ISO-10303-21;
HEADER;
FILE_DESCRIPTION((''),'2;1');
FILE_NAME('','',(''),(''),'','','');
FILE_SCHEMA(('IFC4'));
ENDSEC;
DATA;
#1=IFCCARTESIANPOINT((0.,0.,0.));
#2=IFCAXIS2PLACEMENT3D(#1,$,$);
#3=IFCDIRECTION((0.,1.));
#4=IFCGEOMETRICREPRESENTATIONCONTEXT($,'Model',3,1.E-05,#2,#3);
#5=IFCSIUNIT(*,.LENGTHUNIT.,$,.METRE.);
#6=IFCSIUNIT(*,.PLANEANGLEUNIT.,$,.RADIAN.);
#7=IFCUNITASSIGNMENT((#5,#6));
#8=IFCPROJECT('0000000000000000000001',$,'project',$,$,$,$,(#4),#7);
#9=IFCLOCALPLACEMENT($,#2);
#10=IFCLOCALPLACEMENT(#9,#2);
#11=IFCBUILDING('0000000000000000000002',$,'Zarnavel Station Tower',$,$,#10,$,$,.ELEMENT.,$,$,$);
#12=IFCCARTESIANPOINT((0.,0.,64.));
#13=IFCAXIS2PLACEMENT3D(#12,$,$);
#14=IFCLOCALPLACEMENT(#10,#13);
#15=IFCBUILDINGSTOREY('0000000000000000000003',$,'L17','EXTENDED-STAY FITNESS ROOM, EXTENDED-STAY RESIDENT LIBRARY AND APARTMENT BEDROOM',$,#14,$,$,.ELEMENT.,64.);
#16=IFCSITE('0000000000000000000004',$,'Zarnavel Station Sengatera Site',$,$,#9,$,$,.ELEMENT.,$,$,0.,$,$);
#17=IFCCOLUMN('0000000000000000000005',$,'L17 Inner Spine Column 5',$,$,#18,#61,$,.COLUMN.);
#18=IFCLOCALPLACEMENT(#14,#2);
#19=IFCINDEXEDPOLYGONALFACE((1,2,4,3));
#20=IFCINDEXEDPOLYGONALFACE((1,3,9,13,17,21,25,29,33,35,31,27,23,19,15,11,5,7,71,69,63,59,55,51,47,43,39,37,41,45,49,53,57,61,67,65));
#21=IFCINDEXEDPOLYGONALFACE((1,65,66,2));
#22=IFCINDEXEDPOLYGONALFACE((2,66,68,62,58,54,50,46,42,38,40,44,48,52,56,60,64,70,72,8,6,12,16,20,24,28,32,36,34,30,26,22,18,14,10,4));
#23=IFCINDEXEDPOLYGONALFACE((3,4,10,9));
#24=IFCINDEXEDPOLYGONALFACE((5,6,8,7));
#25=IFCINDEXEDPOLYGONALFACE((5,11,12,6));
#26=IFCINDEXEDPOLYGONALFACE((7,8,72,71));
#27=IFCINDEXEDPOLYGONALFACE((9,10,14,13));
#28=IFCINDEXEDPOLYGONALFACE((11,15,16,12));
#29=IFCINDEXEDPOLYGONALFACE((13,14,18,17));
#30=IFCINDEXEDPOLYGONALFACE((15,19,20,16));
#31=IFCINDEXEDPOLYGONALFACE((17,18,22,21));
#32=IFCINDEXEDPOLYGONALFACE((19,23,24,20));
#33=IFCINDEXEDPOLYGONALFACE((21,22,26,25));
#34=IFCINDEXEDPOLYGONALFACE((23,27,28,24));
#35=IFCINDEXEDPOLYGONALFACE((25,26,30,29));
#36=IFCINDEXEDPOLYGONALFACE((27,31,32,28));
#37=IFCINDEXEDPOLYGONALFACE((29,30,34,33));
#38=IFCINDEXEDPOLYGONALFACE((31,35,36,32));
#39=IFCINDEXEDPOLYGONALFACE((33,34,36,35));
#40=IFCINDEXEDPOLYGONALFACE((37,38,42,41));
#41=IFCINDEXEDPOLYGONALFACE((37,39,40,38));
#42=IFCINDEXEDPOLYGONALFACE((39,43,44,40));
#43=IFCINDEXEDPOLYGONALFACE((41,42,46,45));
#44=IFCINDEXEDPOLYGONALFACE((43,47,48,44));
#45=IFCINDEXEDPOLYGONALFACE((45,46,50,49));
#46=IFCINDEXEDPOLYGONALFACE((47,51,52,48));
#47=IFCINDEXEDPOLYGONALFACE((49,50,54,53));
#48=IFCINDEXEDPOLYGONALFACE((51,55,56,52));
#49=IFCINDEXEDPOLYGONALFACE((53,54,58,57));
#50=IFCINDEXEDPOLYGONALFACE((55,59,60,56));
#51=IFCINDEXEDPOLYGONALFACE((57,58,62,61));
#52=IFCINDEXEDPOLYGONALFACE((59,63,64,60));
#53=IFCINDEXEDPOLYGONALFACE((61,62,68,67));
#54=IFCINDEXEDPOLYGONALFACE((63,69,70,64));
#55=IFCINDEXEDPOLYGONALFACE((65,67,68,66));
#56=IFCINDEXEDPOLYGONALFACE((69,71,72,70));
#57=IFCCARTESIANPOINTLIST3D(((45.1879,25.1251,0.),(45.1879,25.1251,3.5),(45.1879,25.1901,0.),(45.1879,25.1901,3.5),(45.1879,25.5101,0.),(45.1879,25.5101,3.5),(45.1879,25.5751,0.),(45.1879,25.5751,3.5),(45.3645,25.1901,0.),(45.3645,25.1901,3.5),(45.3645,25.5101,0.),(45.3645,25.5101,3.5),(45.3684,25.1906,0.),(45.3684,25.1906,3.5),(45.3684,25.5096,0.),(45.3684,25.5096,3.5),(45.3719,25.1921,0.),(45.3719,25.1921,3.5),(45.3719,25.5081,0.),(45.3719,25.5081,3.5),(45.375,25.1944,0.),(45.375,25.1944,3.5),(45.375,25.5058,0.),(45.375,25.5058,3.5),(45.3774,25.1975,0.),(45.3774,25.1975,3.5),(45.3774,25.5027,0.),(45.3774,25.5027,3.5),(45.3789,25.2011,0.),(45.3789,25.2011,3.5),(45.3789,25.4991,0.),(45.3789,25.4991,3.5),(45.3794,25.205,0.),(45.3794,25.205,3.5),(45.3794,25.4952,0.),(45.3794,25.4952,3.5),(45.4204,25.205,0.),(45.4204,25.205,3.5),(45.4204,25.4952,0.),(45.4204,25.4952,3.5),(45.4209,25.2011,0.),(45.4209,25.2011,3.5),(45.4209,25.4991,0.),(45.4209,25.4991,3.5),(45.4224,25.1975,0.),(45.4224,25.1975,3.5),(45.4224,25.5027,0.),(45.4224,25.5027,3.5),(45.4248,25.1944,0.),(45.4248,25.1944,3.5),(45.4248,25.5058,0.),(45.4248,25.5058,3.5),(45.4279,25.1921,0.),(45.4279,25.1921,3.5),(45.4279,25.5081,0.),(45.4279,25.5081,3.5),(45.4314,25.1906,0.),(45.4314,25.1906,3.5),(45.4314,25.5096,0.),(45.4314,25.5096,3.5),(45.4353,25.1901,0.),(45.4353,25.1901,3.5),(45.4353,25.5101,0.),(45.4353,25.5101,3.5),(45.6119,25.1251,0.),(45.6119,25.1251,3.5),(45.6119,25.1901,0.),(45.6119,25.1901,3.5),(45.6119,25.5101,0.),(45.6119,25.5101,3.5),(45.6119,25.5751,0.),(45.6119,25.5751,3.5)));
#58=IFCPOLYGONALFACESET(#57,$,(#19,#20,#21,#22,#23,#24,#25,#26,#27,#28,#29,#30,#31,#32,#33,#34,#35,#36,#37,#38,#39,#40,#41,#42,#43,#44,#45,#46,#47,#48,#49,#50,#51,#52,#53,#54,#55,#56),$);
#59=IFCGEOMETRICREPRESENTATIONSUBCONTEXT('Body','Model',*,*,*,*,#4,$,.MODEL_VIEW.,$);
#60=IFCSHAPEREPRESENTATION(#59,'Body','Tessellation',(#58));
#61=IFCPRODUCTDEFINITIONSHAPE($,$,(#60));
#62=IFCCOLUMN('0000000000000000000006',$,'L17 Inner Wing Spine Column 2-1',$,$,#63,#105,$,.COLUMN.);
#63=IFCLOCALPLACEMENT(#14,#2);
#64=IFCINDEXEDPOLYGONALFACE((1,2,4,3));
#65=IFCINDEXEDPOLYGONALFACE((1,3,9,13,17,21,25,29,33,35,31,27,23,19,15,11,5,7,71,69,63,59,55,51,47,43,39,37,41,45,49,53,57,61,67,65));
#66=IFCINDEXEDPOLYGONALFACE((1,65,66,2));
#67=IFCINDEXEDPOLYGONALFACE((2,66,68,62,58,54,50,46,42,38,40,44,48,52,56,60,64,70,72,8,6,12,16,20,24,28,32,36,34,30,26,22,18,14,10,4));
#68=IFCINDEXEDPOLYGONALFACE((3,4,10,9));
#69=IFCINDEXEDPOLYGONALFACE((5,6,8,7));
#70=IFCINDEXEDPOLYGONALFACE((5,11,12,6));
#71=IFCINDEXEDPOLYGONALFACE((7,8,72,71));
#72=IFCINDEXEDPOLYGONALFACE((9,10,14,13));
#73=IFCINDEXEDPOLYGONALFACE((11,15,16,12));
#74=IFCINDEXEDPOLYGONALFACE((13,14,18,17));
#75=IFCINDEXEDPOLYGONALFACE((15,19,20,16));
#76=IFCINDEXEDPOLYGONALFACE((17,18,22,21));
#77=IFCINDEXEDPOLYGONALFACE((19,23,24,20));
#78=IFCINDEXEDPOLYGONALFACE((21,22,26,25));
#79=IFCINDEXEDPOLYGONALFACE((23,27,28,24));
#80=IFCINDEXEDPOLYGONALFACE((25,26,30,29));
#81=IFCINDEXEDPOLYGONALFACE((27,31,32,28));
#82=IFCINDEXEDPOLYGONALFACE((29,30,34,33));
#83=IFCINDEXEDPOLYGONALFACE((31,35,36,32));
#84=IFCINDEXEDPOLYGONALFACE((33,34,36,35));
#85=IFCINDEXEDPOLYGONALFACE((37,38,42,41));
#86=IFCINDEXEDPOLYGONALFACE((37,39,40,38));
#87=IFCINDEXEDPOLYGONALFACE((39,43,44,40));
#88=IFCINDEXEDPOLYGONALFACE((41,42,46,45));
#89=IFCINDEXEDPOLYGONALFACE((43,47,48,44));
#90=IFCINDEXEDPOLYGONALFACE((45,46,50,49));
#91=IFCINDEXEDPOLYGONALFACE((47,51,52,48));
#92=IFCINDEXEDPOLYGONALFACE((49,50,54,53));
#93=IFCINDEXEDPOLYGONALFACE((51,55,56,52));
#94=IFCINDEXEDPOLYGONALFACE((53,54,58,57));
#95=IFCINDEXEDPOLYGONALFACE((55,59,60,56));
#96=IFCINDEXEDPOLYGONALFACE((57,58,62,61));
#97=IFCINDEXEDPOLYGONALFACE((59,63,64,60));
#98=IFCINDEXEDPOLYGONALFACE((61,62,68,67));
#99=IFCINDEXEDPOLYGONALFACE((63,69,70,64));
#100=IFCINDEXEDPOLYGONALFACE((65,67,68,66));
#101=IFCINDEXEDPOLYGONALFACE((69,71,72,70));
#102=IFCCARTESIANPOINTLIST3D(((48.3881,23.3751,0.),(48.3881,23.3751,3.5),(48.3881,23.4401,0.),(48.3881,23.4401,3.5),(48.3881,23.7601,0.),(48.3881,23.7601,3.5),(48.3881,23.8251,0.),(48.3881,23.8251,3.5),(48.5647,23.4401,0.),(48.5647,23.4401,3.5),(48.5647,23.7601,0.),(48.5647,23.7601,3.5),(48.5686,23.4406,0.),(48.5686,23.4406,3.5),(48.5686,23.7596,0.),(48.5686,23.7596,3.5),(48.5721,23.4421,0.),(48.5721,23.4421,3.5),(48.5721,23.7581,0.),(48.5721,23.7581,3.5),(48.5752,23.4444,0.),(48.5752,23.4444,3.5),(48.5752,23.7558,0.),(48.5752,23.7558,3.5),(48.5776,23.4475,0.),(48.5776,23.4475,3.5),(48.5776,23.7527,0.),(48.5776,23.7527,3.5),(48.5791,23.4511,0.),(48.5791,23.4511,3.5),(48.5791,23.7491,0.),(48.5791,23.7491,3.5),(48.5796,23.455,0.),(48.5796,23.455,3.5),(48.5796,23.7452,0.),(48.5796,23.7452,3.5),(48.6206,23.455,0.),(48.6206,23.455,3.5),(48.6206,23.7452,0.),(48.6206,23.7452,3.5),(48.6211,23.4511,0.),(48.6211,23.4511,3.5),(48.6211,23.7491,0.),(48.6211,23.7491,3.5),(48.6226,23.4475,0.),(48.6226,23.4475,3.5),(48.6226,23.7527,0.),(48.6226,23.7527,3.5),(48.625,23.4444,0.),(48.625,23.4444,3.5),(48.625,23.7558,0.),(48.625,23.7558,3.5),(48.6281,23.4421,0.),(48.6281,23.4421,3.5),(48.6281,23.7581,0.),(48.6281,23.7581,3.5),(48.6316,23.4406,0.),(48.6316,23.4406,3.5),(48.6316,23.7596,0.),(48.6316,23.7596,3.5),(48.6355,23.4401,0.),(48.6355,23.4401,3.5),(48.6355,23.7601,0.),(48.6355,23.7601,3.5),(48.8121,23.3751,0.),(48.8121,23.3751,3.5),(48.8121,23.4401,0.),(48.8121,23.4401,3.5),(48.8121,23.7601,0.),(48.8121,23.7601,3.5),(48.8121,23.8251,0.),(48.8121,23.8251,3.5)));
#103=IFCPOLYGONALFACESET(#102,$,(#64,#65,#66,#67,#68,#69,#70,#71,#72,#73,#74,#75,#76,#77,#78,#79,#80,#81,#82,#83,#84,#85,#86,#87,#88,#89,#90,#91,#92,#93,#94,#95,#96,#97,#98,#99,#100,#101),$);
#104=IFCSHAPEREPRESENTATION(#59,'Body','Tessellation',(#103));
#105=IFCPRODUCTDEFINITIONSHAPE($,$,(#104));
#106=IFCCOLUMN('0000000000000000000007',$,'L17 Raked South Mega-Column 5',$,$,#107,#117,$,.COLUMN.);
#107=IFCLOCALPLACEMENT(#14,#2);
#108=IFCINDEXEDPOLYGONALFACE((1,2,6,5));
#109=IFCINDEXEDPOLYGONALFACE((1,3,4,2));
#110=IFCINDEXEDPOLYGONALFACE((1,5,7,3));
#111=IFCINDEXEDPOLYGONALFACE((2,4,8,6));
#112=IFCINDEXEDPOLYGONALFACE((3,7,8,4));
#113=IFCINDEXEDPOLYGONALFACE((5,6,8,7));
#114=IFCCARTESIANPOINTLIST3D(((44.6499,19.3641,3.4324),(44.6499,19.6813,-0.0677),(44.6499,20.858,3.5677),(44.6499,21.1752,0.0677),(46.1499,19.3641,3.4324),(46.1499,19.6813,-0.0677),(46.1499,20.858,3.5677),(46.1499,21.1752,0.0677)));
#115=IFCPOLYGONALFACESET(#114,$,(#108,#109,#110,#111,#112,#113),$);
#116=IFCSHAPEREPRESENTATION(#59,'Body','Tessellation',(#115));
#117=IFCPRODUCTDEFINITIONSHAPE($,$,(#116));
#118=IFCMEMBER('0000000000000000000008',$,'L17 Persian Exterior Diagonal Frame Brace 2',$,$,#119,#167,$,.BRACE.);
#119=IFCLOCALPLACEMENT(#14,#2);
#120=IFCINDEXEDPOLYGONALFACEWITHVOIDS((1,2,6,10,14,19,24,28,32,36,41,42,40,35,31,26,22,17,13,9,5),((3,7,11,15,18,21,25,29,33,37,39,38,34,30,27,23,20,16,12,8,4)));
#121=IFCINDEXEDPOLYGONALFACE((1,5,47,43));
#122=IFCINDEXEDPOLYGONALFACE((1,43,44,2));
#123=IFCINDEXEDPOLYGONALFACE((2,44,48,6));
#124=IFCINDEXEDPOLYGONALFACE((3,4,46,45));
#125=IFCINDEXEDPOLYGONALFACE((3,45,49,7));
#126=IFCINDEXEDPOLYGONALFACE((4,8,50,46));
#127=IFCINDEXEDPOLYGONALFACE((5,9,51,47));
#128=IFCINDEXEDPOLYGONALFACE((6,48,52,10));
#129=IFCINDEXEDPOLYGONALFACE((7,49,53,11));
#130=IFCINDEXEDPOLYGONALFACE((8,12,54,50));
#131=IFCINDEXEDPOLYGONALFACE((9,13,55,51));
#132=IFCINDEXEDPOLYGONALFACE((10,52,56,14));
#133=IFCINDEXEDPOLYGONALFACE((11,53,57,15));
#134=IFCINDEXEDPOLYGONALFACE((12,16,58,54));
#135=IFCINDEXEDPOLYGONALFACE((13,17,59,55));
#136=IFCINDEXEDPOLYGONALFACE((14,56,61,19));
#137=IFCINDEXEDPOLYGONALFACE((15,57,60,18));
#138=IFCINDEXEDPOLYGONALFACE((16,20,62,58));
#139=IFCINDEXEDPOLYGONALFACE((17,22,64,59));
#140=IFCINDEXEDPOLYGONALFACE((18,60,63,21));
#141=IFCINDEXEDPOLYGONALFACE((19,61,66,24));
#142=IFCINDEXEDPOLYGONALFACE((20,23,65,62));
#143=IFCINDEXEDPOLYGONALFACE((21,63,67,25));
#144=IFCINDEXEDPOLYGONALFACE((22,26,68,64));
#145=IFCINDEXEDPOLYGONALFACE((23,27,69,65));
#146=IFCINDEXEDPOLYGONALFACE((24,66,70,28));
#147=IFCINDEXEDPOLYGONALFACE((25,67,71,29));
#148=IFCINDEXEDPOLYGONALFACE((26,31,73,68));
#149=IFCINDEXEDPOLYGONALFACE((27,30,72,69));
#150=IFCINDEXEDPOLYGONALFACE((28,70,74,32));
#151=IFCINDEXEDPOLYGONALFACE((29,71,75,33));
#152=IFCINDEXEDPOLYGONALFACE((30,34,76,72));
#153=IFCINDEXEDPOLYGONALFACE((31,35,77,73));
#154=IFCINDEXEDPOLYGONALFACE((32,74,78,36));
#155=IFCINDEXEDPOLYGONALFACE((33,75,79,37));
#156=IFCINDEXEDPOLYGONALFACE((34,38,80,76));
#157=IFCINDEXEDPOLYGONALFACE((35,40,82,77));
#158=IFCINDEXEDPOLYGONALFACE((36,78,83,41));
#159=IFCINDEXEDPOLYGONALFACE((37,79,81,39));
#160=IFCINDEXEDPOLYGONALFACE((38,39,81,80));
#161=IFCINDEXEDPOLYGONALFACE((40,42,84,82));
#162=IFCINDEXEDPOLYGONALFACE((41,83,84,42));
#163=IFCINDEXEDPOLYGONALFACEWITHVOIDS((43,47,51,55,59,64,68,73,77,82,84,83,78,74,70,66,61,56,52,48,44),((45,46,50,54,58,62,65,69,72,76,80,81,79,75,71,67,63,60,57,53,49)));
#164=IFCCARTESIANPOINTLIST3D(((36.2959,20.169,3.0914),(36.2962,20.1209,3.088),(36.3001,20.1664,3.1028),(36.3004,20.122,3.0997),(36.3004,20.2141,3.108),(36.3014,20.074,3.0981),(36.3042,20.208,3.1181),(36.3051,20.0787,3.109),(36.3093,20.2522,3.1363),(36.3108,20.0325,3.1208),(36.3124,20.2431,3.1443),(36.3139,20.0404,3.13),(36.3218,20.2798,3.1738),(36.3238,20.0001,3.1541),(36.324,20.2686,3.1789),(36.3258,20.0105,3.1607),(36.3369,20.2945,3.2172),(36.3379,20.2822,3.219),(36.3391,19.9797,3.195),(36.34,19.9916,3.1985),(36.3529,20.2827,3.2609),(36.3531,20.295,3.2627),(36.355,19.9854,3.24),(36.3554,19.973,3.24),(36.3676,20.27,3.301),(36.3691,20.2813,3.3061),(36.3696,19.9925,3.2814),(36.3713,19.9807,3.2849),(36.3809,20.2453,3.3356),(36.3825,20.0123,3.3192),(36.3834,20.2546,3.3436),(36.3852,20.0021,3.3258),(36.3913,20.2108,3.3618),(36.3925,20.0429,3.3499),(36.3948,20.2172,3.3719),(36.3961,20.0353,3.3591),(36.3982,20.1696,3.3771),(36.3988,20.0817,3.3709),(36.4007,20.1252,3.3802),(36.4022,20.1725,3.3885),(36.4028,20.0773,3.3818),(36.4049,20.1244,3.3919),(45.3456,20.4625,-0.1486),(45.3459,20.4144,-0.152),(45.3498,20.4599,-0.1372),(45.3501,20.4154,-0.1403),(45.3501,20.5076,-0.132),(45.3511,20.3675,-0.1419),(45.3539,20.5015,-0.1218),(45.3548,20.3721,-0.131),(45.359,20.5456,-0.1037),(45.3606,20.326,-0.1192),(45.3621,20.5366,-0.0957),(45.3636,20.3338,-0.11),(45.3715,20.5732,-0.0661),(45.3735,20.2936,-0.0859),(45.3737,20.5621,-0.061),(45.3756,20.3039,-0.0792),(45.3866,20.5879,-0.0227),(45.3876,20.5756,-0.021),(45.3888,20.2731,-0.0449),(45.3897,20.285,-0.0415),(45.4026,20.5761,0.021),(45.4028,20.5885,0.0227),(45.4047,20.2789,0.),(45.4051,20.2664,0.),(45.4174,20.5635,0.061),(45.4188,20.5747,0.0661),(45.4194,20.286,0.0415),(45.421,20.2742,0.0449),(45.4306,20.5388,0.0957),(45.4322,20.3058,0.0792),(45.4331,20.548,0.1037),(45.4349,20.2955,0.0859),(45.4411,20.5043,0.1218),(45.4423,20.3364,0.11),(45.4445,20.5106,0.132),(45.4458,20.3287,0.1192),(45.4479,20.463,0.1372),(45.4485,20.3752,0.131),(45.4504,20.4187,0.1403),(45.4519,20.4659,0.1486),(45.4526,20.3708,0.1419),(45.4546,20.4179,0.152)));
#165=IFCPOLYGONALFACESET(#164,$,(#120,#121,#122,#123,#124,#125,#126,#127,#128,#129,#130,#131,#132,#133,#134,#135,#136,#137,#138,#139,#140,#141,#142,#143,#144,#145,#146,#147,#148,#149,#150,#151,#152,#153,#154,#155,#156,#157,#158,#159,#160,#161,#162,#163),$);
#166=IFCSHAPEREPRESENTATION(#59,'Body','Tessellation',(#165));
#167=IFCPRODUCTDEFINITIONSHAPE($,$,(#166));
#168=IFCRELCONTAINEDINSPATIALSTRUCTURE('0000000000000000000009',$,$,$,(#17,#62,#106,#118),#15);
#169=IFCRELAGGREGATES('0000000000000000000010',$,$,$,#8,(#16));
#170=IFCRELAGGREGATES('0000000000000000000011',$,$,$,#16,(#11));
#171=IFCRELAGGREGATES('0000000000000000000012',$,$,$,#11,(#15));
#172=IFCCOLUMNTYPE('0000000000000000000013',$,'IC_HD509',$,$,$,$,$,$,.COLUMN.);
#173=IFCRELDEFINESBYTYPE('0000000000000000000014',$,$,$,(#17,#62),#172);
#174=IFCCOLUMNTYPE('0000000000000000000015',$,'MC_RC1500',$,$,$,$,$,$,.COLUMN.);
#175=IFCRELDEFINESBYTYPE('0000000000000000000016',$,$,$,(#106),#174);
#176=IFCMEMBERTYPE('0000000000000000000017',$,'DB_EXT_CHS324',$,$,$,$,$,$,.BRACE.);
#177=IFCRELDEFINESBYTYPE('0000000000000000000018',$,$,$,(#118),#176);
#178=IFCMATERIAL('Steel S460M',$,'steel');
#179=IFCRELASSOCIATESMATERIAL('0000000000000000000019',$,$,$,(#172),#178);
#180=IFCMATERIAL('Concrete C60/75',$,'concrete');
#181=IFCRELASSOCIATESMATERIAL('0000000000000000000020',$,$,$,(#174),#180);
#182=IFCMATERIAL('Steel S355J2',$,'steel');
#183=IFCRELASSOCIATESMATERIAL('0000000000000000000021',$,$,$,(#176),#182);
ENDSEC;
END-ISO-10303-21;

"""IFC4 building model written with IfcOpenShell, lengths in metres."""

from ifc_helpers import new_model, si_unit, direction, frame, origin, origin_2d, place, context, subcontext, project, spatial, rectangle, hollow_circle, i_section, extrude, material, material_profile, profile_set, type_object, element, save


model = new_model("IFC4")

# Units and contexts
model_context = context("Model", 3, precision=1e-05, world=origin(), true_north=direction((0.0, 1.0)))
body_context = subcontext(model_context, "Body", "Model", "MODEL_VIEW")
ifc_project = project(units=[si_unit("LENGTHUNIT", "METRE"), si_unit("PLANEANGLEUNIT", "RADIAN")], contexts=[model_context])

# Site, building, storey
site_placement = place(None, origin())
site = spatial("IfcSite", under=ifc_project, at=site_placement, Name="Zarnavel Station Sengatera Site", CompositionType="ELEMENT", RefElevation=0.0)
building_placement = place(site_placement, origin())
building = spatial("IfcBuilding", under=site, at=building_placement, Name="Zarnavel Station Tower", CompositionType="ELEMENT")
storey_placement = place(building_placement, frame((0.0, 0.0, 64.0)))
storey = spatial("IfcBuildingStorey", under=building, at=storey_placement, Name="L17", Description="EXTENDED-STAY FITNESS ROOM, EXTENDED-STAY RESIDENT LIBRARY AND APARTMENT BEDROOM", CompositionType="ELEMENT", Elevation=64.0)

# Columns
ifc_material_1 = material(Name="Steel S460M", Category="steel")
ifc_material_profile_1 = material_profile(ifc_material_1, i_section(OverallWidth=0.4241, OverallDepth=0.45, WebThickness=0.041, FlangeThickness=0.0649, FilletRadius=0.0149, at=origin_2d()), Name="HD400x509")
ifc_profile_set_1 = profile_set([ifc_material_profile_1], Name="Steel S460M")
column_type_1 = type_object("IfcColumnType", Name="IC_HD509", PredefinedType="COLUMN", material=ifc_profile_set_1)
for number, where, z_axis, x_axis, name in (
    (1, (45.3999, 25.3501, 0.0), (0.0, 0.0, 1.0), (1.0, 0.0, 0.0), "L17 Inner Spine Column 5"),
    (2, (48.6001, 23.6001, 0.0), (0.0, 0.0, 1.0), (1.0, 0.0, 0.0), "L17 Inner Wing Spine Column 2-1"),
):
    element("IfcColumn", number, at=place(storey_placement, frame(where, z_axis=z_axis, x_axis=x_axis)), inside=storey, type_object=column_type_1, Name=name, PredefinedType="COLUMN", context=body_context, shape_type="SweptSolid", body=[
        extrude(i_section(OverallWidth=0.4241, OverallDepth=0.45, WebThickness=0.041, FlangeThickness=0.0649, FilletRadius=0.0149, at=origin_2d()), origin(), (0.0, 0.0, 1.0), 3.5),
    ])
ifc_material_2 = material(Name="Concrete C60/75", Category="concrete")
ifc_material_profile_2 = material_profile(ifc_material_2, rectangle(XDim=1.5, YDim=1.5, at=origin_2d()), Name="RC1500x1500")
ifc_profile_set_2 = profile_set([ifc_material_profile_2], Name="Concrete C60/75")
column_type_2 = type_object("IfcColumnType", Name="MC_RC1500", PredefinedType="COLUMN", material=ifc_profile_set_2)
column_placement = place(storey_placement, frame((45.3999, 20.4282, 0.0), z_axis=(0.0, -0.090241, 0.99592), x_axis=(1.0, 0.0, 0.0)))
element("IfcColumn", 3, at=column_placement, inside=storey, type_object=column_type_2, Name="L17 Raked South Mega-Column 5", PredefinedType="COLUMN", context=body_context, shape_type="SweptSolid", body=[
    extrude(rectangle(XDim=1.5, YDim=1.5, at=origin_2d()), origin(), (0.0, 0.0, 1.0), 3.5144),
])

# Member
ifc_material_3 = material(Name="Steel S355J2", Category="steel")
ifc_material_profile_3 = material_profile(ifc_material_3, hollow_circle(Radius=0.1619, WallThickness=0.0125, at=origin_2d()), Name="CHS323.9x12.5")
ifc_profile_set_3 = profile_set([ifc_material_profile_3], Name="Steel S355J2")
member_type = type_object("IfcMemberType", Name="DB_EXT_CHS324", PredefinedType="BRACE", material=ifc_profile_set_3)
member_placement = place(storey_placement, frame((45.3999, 20.4282, 0.0), z_axis=(-0.941042, -0.030515, 0.33691), x_axis=(0.03241, -0.999475, 0.0)))
element("IfcMember", 4, at=member_placement, inside=storey, type_object=member_type, Name="L17 Persian Exterior Diagonal Frame Brace 2", PredefinedType="BRACE", context=body_context, shape_type="SweptSolid", body=[
    extrude(hollow_circle(Radius=0.1619, WallThickness=0.0125, at=origin_2d()), origin(), (0.0, 0.0, 1.0), 9.6167),
])

save(model, "model.ifc")
